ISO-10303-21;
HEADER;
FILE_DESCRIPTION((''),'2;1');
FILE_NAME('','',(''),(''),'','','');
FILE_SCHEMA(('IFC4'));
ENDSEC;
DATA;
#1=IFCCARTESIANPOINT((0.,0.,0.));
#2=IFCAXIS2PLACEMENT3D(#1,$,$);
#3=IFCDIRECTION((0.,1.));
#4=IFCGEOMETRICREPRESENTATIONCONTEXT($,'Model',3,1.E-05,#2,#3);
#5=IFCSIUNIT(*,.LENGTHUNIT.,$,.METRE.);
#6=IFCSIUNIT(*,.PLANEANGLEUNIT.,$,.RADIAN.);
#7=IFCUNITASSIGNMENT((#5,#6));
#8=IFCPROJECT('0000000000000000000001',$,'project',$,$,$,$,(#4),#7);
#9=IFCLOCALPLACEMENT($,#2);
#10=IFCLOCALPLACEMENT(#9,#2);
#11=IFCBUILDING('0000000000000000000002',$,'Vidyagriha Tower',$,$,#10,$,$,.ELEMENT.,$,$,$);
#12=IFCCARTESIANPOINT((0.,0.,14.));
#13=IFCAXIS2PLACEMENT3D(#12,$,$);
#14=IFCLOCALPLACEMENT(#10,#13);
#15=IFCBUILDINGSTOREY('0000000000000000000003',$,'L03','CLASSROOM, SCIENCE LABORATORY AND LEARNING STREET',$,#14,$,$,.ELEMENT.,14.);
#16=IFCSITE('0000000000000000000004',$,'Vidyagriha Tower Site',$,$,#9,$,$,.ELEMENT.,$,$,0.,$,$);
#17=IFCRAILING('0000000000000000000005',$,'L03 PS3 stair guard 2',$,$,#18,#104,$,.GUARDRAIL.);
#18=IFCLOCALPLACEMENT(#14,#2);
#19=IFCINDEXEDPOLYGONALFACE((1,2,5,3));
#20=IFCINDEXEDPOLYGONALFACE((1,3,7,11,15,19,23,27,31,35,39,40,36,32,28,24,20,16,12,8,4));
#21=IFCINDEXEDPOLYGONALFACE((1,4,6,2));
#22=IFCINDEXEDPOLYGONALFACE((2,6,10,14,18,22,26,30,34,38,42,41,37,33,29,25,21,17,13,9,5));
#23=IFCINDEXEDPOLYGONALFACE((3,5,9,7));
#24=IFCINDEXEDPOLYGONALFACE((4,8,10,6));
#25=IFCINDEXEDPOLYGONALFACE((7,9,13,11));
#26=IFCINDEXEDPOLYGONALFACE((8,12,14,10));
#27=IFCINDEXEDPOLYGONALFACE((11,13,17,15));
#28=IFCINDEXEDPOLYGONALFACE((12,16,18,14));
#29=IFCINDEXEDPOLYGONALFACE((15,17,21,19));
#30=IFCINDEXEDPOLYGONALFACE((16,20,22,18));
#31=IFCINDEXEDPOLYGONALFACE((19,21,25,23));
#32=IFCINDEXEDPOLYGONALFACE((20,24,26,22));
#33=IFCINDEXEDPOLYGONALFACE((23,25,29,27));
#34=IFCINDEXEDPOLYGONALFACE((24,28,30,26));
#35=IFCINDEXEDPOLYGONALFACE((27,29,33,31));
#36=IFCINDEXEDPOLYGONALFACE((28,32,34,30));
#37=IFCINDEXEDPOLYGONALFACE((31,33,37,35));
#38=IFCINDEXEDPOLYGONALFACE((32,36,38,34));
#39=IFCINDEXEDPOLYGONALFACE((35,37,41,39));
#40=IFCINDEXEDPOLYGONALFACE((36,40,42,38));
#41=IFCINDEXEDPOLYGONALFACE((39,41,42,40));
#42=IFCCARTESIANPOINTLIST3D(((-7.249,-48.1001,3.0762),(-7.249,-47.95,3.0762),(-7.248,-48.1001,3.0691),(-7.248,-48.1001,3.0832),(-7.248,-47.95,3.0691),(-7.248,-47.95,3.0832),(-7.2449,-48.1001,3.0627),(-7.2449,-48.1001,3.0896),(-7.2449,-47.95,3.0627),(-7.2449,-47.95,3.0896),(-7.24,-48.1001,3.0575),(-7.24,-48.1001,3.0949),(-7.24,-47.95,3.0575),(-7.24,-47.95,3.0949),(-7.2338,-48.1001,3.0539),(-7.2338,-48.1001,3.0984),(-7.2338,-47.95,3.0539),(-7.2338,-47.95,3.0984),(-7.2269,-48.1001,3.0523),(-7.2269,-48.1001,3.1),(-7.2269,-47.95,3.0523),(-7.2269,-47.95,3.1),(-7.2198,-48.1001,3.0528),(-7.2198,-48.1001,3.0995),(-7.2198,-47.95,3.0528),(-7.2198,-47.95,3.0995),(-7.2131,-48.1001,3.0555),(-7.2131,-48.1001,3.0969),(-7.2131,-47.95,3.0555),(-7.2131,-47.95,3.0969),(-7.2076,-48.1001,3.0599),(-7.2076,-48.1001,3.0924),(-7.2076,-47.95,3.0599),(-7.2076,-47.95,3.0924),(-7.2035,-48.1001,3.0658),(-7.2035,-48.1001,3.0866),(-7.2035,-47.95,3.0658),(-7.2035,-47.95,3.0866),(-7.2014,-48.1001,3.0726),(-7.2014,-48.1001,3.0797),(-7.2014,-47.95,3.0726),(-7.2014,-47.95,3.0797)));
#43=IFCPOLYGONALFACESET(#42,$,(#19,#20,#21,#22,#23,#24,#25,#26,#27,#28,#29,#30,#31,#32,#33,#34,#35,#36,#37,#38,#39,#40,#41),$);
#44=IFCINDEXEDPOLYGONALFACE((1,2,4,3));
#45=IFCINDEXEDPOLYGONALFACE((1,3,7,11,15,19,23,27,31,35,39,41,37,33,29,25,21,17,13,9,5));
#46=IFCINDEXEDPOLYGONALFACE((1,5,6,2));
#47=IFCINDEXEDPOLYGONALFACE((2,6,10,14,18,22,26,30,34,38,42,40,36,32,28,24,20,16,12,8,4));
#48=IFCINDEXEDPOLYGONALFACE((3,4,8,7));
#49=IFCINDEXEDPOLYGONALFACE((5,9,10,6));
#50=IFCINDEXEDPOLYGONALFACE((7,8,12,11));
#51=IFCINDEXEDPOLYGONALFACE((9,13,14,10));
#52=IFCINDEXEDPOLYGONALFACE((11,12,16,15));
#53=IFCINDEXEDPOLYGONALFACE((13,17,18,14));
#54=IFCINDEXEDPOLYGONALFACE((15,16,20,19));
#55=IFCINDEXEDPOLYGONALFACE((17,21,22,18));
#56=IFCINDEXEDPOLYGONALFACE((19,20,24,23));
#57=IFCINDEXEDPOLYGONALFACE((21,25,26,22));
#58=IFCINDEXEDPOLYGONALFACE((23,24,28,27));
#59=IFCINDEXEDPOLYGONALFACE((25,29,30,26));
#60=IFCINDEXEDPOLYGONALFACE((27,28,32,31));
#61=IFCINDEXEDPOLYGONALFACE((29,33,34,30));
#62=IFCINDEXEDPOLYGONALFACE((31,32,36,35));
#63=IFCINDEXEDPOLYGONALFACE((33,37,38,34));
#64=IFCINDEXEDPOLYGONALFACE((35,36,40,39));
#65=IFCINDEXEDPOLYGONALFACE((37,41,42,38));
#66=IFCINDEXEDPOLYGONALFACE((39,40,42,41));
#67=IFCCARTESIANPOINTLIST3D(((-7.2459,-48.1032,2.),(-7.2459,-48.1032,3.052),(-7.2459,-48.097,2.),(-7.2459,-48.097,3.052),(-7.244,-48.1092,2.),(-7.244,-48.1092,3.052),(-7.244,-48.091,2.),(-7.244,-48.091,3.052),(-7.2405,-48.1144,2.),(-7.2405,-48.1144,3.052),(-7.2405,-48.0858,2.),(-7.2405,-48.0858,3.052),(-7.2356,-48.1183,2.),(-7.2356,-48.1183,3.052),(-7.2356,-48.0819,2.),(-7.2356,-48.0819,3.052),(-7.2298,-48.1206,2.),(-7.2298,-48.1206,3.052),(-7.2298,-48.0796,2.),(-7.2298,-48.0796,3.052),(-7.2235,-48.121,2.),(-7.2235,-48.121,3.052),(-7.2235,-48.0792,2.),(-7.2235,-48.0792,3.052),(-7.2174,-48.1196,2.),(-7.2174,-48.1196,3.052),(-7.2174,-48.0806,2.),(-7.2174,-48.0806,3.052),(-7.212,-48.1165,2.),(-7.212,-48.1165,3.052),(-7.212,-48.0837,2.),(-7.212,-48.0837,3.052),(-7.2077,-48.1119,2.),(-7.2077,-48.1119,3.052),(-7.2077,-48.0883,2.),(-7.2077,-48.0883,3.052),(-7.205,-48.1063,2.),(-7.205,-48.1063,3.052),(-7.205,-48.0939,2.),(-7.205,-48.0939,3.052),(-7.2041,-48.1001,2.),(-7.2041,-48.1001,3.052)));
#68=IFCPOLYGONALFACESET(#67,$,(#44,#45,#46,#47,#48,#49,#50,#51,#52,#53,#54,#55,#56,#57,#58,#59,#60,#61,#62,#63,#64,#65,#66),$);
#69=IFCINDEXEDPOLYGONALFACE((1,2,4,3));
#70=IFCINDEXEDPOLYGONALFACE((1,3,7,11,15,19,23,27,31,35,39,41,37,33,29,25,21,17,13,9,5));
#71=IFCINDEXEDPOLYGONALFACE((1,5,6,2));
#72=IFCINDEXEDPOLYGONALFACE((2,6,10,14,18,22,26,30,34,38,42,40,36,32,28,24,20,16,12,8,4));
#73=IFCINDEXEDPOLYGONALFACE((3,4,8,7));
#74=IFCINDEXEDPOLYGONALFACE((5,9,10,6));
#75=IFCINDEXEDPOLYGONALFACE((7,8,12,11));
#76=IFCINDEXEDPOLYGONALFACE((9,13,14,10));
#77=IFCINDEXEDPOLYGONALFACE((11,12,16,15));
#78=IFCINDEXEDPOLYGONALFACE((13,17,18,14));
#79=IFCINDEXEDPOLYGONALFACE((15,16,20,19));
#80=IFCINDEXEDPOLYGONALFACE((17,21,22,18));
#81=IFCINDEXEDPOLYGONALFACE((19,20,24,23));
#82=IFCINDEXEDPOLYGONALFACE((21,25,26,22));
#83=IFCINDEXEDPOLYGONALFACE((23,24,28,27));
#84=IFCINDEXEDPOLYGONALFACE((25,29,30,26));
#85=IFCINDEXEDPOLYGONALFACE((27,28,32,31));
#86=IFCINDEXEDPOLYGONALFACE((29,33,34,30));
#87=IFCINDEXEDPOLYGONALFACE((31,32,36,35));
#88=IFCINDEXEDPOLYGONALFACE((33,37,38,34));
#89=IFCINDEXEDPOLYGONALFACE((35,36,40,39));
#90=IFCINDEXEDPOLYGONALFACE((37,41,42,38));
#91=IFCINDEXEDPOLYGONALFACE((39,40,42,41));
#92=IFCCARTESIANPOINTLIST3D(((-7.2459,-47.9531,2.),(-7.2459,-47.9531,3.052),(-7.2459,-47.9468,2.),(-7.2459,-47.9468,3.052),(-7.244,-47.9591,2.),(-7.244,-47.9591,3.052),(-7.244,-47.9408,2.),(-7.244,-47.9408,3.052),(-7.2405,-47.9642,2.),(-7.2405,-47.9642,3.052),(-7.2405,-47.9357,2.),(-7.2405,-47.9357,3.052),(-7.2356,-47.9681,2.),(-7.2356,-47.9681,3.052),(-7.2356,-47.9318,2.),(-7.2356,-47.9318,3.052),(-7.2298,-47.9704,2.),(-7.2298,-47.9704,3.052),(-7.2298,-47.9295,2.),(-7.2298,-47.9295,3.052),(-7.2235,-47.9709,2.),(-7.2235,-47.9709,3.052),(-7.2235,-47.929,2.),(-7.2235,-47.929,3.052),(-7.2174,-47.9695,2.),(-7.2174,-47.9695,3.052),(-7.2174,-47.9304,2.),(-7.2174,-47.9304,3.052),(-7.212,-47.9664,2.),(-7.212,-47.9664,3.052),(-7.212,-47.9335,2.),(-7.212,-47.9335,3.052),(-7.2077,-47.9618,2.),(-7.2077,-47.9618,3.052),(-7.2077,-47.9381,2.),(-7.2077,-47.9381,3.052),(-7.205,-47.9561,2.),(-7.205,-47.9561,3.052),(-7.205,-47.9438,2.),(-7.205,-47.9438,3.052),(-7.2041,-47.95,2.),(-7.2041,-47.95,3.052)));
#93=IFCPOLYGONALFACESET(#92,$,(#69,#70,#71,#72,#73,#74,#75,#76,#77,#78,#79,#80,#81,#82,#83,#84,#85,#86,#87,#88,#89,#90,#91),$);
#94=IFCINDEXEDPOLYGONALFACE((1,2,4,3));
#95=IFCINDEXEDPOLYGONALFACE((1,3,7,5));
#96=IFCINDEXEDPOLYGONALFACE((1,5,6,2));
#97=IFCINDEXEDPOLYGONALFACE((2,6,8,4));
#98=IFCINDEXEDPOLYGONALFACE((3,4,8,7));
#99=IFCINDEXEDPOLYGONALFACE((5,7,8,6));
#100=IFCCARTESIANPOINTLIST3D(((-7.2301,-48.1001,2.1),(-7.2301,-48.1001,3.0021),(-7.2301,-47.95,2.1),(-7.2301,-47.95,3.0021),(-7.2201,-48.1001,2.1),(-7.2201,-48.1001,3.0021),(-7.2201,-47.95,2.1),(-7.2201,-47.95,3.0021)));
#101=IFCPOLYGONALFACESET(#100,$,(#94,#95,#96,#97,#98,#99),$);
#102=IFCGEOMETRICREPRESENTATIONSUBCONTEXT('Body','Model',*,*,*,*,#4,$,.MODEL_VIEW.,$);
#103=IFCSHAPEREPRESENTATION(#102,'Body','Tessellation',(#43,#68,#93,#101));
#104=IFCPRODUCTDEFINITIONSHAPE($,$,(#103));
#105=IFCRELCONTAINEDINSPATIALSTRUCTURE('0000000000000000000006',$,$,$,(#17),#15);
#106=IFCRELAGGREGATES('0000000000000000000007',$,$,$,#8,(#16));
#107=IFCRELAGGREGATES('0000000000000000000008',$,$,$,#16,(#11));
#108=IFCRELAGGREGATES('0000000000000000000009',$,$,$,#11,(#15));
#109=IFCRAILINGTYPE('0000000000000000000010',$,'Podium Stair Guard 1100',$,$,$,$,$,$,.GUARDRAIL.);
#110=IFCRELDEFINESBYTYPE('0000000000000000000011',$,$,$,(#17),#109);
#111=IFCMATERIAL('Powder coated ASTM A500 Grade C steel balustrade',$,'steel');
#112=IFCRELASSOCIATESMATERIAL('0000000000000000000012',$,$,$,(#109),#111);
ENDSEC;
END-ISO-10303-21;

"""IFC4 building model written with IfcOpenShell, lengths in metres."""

from ifc_helpers import new_model, si_unit, direction, frame, origin, origin_2d, place, context, subcontext, project, spatial, rectangle, circle, extrude, material, type_object, element, save


model = new_model("IFC4")

# Units and contexts
model_context = context("Model", 3, precision=1e-05, world=origin(), true_north=direction((0.0, 1.0)))
body_context = subcontext(model_context, "Body", "Model", "MODEL_VIEW")
ifc_project = project(units=[si_unit("LENGTHUNIT", "METRE"), si_unit("PLANEANGLEUNIT", "RADIAN")], contexts=[model_context])

# Site, building, storey
site_placement = place(None, origin())
site = spatial("IfcSite", under=ifc_project, at=site_placement, Name="Vidyagriha Tower Site", CompositionType="ELEMENT", RefElevation=0.0)
building_placement = place(site_placement, origin())
building = spatial("IfcBuilding", under=site, at=building_placement, Name="Vidyagriha Tower", CompositionType="ELEMENT")
storey_placement = place(building_placement, frame((0.0, 0.0, 14.0)))
storey = spatial("IfcBuildingStorey", under=building, at=storey_placement, Name="L03", Description="CLASSROOM, SCIENCE LABORATORY AND LEARNING STREET", CompositionType="ELEMENT", Elevation=14.0)

# Railing
ifc_material_1 = material(Name="Powder coated ASTM A500 Grade C steel balustrade", Category="steel")
railing_type_1 = type_object("IfcRailingType", Name="Podium Stair Guard 1100", PredefinedType="GUARDRAIL", material=ifc_material_1)
railing_1_placement = place(storey_placement, frame((-7.2251, -48.1001, 2.0)))
element("IfcRailing", 1, at=railing_1_placement, inside=storey, type_object=railing_type_1, Name="L03 PS3 stair guard 2", PredefinedType="GUARDRAIL", context=body_context, shape_type="SweptSolid", body=[
    extrude(circle(Radius=0.0239, at=origin_2d()), frame((0.0, 0.0, 1.0762), z_axis=(0.0, 1.0, 0.0), x_axis=(-1.0, 0.0, 0.0)), (0.0, 0.0, 1.0), 0.1501),
    extrude(circle(Radius=0.021, at=origin_2d()), origin(), (0.0, 0.0, 1.0), 1.052),
    extrude(circle(Radius=0.021, at=origin_2d()), frame((0.0, 0.1501, 0.0)), (0.0, 0.0, 1.0), 1.052),
    extrude(rectangle(XDim=0.01, YDim=0.9021, at=origin_2d()), frame((0.0, 0.0, 0.551), z_axis=(0.0, 1.0, 0.0), x_axis=(-1.0, 0.0, 0.0)), (0.0, 0.0, 1.0), 0.1501),
])

save(model, "model.ifc")
